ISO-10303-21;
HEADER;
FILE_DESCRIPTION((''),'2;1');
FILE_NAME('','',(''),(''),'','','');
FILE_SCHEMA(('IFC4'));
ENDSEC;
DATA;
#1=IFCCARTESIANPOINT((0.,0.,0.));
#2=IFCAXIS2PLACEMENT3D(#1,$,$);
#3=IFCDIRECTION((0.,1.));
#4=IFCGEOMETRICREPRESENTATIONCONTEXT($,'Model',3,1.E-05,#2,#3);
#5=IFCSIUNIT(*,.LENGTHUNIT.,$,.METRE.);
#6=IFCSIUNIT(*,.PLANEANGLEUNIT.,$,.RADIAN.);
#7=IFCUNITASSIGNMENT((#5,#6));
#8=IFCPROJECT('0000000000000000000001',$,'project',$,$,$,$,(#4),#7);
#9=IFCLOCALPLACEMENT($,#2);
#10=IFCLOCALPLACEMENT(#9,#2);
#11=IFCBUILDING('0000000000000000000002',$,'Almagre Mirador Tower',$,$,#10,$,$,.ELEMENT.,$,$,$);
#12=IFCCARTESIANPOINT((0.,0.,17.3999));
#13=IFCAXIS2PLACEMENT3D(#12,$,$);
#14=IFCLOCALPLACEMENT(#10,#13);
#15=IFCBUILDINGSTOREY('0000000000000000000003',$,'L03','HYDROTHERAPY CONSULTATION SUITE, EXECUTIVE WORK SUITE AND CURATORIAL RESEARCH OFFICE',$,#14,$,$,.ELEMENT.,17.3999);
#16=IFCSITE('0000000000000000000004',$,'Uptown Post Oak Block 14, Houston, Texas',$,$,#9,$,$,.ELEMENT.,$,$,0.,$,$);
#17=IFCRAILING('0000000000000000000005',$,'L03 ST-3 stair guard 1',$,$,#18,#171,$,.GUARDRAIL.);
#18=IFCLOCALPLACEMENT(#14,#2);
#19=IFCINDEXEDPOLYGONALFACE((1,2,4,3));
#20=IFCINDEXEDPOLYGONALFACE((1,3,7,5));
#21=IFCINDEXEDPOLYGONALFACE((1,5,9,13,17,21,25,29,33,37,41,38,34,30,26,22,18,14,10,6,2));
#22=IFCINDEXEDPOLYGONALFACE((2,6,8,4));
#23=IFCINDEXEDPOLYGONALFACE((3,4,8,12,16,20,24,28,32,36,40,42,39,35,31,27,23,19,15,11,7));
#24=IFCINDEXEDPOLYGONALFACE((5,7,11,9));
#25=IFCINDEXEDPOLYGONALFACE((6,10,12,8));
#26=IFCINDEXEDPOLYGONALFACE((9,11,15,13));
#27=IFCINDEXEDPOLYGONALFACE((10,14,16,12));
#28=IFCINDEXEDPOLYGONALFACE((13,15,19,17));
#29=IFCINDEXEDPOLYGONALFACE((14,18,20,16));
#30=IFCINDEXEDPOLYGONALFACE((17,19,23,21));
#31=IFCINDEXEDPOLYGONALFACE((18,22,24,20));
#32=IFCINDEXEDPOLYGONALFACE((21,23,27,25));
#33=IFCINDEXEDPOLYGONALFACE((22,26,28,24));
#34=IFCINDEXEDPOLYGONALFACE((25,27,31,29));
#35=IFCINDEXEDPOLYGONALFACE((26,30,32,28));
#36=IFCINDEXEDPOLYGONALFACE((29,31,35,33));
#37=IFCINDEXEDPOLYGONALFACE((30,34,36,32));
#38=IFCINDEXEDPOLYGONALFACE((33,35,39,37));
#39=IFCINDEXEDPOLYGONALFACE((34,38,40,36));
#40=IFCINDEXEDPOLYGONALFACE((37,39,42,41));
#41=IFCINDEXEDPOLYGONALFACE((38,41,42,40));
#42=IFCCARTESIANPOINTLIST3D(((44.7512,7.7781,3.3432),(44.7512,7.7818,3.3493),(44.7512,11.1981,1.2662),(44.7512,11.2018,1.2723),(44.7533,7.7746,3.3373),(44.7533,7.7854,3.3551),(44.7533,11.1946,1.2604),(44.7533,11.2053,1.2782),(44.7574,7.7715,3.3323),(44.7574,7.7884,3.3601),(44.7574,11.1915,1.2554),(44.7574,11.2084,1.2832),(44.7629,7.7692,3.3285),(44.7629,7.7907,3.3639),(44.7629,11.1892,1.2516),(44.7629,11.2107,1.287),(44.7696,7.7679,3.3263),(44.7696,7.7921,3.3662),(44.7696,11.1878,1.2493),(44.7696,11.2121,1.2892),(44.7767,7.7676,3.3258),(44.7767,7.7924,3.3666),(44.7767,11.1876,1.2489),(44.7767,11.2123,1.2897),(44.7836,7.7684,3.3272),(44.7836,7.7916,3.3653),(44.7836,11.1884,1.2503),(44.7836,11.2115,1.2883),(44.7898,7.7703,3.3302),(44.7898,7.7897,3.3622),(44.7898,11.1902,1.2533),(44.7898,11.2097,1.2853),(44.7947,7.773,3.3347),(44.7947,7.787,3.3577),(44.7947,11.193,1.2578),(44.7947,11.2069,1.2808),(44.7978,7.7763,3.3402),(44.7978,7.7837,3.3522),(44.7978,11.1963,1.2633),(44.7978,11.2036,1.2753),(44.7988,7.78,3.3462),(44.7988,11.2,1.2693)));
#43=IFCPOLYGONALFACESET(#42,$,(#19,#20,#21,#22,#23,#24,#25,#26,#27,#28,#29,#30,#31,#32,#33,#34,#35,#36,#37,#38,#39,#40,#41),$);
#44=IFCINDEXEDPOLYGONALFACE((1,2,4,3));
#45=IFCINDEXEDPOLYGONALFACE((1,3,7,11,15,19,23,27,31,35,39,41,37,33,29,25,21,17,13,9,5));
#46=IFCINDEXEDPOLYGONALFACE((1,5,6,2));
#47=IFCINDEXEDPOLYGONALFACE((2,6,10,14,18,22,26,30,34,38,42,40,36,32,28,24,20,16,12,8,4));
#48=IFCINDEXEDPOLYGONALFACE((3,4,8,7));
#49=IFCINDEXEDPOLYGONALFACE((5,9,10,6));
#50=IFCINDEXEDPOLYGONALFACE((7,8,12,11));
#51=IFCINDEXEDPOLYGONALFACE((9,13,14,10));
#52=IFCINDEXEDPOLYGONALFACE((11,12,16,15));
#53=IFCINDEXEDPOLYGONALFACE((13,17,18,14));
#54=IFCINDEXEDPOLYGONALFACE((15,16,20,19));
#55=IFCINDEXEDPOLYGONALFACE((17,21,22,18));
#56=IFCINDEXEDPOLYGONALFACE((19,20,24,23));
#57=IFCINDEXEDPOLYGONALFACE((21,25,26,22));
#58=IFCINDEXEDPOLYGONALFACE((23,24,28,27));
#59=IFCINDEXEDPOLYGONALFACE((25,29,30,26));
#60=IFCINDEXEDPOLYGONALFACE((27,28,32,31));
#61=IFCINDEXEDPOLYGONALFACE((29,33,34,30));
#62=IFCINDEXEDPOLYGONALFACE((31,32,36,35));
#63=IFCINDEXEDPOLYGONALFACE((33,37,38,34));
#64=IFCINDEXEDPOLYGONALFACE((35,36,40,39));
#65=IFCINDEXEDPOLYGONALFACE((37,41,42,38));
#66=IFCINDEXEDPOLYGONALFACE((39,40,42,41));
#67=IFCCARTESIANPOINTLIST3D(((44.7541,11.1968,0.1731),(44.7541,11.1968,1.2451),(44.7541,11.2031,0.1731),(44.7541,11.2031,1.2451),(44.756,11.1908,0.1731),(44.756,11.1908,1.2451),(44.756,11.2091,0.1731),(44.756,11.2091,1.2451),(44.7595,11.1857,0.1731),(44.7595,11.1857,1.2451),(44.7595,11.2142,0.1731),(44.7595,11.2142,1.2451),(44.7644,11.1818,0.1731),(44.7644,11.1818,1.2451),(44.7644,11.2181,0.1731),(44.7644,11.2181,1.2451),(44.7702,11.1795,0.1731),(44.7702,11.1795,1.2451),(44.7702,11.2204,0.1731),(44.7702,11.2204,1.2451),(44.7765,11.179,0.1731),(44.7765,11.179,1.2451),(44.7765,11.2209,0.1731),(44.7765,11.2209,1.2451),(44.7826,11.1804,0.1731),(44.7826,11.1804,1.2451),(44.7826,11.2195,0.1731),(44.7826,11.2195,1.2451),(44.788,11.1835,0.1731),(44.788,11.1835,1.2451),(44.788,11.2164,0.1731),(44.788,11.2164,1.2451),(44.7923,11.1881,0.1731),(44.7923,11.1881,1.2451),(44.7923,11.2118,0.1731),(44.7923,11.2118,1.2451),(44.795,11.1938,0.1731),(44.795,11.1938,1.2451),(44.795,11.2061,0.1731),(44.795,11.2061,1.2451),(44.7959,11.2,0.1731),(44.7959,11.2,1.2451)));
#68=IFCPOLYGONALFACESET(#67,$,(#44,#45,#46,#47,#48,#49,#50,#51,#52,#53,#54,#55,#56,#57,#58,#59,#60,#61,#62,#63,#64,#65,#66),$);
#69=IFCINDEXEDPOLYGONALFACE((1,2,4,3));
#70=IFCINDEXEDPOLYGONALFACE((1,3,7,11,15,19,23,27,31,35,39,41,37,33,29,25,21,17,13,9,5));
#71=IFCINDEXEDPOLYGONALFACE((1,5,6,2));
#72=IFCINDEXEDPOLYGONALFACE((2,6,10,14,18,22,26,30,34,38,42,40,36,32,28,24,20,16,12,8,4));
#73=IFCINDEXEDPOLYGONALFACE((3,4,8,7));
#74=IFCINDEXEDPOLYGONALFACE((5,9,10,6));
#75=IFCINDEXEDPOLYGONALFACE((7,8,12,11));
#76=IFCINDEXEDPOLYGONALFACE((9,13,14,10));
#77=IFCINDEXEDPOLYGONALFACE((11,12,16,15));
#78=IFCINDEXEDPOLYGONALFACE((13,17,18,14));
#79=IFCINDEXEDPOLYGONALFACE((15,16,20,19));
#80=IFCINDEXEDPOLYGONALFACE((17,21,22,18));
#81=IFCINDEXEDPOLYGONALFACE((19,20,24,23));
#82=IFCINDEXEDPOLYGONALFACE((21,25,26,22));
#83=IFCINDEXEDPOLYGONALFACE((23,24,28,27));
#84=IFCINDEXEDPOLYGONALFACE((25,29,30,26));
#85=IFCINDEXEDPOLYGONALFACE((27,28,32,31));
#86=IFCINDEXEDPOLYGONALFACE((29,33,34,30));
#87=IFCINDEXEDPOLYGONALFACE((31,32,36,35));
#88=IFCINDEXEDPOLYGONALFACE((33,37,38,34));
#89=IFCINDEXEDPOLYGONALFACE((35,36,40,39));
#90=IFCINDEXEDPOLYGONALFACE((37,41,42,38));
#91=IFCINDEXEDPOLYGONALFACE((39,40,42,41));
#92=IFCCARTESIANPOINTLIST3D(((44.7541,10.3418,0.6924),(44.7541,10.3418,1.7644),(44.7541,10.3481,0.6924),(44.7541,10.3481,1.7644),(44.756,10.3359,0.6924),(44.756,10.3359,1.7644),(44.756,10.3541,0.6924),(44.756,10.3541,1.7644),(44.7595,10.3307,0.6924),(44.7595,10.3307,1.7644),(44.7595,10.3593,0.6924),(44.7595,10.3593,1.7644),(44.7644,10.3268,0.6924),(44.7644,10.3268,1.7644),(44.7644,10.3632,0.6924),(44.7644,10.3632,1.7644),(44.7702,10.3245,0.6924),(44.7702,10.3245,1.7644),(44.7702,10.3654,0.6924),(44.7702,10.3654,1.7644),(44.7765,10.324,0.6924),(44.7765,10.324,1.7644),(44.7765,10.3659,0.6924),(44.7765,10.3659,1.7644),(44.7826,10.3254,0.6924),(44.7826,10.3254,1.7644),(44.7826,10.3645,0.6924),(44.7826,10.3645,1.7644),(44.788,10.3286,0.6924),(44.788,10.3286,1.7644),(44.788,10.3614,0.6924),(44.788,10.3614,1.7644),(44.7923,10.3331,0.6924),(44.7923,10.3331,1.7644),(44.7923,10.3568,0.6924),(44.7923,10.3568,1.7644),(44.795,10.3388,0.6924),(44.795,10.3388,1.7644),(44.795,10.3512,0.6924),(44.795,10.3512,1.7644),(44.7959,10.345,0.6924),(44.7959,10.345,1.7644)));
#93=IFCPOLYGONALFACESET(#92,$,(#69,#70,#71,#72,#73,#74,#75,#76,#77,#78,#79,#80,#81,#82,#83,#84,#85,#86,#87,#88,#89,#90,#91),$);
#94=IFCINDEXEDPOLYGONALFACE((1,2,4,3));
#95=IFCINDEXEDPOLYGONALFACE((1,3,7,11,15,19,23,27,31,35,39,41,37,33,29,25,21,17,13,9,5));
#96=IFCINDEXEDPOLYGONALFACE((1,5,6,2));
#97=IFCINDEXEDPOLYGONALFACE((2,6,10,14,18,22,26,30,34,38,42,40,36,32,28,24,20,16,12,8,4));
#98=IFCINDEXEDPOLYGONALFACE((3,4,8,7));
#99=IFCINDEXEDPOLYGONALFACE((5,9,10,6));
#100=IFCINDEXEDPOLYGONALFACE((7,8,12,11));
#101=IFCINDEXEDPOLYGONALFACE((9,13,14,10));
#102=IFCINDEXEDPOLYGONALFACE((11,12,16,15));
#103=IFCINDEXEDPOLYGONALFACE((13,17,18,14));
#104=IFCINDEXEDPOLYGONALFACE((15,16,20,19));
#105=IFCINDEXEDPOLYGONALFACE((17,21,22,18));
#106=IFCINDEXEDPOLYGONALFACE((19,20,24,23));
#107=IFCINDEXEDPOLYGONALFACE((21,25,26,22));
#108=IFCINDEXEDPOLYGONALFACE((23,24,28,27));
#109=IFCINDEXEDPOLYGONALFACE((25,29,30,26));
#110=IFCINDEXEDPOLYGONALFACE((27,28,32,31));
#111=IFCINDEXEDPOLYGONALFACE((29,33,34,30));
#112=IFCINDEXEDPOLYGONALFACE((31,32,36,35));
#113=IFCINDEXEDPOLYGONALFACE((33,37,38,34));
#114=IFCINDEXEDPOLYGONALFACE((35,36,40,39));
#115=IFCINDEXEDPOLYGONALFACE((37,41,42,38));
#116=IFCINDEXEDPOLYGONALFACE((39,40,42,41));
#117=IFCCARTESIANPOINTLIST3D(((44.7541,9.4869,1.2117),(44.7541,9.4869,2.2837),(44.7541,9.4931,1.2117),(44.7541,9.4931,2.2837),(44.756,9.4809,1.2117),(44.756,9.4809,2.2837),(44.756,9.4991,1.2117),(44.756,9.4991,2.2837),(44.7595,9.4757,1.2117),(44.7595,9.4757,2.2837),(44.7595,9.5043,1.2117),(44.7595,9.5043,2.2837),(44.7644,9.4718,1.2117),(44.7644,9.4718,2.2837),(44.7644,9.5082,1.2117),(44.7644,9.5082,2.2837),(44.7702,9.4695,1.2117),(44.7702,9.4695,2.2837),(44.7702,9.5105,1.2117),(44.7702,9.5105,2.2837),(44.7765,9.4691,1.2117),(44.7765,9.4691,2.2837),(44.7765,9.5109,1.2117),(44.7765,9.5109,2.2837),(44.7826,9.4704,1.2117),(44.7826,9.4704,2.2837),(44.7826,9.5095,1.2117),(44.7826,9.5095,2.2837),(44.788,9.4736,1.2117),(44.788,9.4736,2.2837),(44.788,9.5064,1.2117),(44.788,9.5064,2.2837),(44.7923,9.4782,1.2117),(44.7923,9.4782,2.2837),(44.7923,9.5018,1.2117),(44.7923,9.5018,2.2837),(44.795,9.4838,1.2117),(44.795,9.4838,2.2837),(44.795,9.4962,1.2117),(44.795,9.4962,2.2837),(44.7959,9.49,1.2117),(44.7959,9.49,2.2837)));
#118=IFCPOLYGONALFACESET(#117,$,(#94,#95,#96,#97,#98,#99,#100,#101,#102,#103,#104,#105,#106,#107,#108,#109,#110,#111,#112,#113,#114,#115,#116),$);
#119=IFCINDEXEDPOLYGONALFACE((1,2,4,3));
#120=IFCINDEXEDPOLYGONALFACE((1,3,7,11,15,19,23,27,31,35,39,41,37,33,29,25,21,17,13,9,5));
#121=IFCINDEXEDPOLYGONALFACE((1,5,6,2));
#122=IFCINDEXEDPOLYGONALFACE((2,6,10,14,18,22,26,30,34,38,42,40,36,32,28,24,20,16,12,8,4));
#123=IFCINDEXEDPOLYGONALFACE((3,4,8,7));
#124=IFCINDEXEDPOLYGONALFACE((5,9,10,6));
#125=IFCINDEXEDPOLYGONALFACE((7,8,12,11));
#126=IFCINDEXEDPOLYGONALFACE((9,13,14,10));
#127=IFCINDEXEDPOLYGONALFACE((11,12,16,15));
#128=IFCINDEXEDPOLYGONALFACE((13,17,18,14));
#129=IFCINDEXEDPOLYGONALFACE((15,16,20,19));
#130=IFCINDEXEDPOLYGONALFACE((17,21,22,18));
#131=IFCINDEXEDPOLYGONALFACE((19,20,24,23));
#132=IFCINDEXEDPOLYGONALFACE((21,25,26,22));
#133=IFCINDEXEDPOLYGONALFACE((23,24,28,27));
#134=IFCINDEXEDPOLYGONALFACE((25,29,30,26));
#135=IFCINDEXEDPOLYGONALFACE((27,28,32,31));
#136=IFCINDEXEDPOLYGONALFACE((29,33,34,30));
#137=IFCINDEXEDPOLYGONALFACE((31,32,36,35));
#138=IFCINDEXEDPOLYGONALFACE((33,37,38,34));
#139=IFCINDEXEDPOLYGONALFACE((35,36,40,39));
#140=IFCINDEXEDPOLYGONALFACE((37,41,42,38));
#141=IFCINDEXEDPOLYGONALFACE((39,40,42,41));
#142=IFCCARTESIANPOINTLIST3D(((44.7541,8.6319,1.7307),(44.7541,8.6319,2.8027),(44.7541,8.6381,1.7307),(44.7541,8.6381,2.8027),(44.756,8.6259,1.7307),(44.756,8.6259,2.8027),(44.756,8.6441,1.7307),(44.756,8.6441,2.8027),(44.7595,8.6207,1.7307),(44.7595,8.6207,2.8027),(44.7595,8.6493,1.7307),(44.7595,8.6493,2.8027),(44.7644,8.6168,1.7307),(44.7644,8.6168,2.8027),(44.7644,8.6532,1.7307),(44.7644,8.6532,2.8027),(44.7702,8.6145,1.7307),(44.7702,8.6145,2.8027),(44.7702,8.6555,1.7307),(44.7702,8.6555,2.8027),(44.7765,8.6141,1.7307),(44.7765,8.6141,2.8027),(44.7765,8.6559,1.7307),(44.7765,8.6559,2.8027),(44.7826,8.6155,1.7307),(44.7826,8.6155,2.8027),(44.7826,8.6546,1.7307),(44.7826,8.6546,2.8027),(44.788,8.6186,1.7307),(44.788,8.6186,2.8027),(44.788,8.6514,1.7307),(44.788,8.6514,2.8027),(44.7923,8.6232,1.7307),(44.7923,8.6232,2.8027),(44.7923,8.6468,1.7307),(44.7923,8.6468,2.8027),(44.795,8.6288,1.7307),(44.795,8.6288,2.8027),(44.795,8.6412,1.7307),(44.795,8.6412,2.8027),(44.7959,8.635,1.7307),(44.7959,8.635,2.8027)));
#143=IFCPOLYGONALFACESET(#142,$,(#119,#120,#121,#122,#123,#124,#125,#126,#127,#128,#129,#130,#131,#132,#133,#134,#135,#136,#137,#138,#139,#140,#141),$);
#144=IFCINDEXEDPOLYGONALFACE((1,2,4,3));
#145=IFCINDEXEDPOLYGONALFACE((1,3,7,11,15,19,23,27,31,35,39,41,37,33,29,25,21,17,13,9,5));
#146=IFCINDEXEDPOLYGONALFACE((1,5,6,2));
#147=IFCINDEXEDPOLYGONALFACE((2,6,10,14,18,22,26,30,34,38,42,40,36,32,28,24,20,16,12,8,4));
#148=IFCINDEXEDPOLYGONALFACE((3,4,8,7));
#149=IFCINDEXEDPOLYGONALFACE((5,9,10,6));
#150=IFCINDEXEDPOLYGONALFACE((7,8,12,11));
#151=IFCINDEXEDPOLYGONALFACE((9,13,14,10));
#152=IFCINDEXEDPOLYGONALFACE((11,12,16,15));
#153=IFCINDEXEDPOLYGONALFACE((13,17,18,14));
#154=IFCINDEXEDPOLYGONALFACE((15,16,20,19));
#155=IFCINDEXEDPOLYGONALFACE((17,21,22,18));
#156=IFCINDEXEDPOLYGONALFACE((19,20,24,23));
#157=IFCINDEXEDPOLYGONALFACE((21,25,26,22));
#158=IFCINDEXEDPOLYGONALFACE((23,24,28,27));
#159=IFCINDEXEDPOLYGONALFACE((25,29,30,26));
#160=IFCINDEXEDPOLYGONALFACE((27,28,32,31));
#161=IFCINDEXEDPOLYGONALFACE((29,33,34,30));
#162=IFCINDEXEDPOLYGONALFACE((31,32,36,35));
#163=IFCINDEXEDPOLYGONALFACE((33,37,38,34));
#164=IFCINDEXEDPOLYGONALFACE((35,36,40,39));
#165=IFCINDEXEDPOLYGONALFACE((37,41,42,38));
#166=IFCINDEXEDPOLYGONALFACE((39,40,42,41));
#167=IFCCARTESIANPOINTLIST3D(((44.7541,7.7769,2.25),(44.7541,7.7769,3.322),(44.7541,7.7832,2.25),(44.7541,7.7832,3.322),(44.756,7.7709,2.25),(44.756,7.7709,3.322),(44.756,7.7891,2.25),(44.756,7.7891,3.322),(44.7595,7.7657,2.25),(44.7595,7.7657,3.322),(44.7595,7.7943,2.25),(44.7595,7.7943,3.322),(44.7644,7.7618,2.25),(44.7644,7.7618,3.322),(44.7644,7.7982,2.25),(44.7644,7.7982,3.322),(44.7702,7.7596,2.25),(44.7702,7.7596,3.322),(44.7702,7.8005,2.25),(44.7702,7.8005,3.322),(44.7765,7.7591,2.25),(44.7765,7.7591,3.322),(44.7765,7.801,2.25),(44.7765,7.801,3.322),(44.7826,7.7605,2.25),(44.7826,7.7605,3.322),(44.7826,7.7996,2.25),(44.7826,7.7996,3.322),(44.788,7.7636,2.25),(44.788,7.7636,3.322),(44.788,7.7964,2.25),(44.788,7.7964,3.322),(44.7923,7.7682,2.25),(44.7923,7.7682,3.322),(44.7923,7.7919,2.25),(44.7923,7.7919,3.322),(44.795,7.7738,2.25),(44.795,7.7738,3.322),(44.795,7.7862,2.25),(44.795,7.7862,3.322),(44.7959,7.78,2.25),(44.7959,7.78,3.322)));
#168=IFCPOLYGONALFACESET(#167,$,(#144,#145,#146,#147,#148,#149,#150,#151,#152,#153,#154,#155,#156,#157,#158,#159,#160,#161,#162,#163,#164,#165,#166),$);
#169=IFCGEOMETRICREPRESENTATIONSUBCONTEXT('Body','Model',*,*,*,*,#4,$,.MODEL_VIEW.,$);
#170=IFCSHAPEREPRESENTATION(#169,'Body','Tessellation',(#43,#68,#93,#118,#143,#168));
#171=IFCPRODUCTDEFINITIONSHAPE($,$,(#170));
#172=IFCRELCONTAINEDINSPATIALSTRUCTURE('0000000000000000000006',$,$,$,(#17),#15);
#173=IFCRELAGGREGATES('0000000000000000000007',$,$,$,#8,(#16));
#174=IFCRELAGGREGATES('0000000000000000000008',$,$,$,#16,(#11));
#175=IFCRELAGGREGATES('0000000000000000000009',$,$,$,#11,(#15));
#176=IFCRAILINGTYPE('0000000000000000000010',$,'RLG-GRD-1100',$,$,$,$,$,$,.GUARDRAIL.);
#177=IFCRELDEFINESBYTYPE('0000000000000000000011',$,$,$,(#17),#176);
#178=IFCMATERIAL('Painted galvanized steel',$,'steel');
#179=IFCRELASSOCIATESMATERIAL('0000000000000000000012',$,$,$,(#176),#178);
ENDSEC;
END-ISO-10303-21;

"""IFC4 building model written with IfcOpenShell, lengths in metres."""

from ifc_helpers import new_model, si_unit, direction, frame, origin, origin_2d, place, context, subcontext, project, spatial, circle, extrude, material, type_object, element, save


model = new_model("IFC4")

# Units and contexts
model_context = context("Model", 3, precision=1e-05, world=origin(), true_north=direction((0.0, 1.0)))
body_context = subcontext(model_context, "Body", "Model", "MODEL_VIEW")
ifc_project = project(units=[si_unit("LENGTHUNIT", "METRE"), si_unit("PLANEANGLEUNIT", "RADIAN")], contexts=[model_context])

# Site, building, storey
site_placement = place(None, origin())
site = spatial("IfcSite", under=ifc_project, at=site_placement, Name="Uptown Post Oak Block 14, Houston, Texas", CompositionType="ELEMENT", RefElevation=0.0)
building_placement = place(site_placement, origin())
building = spatial("IfcBuilding", under=site, at=building_placement, Name="Almagre Mirador Tower", CompositionType="ELEMENT")
storey_placement = place(building_placement, frame((0.0, 0.0, 17.3999)))
storey = spatial("IfcBuildingStorey", under=building, at=storey_placement, Name="L03", Description="HYDROTHERAPY CONSULTATION SUITE, EXECUTIVE WORK SUITE AND CURATORIAL RESEARCH OFFICE", CompositionType="ELEMENT", Elevation=17.3999)

# Railing
ifc_material_1 = material(Name="Painted galvanized steel", Category="steel")
railing_type_1 = type_object("IfcRailingType", Name="RLG-GRD-1100", PredefinedType="GUARDRAIL", material=ifc_material_1)
railing_1_placement = place(storey_placement, frame((44.7749, 11.2, 0.1731)))
element("IfcRailing", 1, at=railing_1_placement, inside=storey, type_object=railing_type_1, Name="L03 ST-3 stair guard 1", PredefinedType="GUARDRAIL", context=body_context, shape_type="SweptSolid", body=[
    extrude(circle(Radius=0.0239, at=origin_2d()), frame((0.0, 0.0, 1.0962), z_axis=(0.0, -0.85473, 0.519074), x_axis=(1.0, 0.0, 0.0)), (0.0, 0.0, 1.0), 4.0012),
    extrude(circle(Radius=0.021, at=origin_2d()), origin(), (0.0, 0.0, 1.0), 1.072),
    extrude(circle(Radius=0.021, at=origin_2d()), frame((0.0, -0.855, 0.5193)), (0.0, 0.0, 1.0), 1.072),
    extrude(circle(Radius=0.021, at=origin_2d()), frame((0.0, -1.71, 1.0386)), (0.0, 0.0, 1.0), 1.072),
    extrude(circle(Radius=0.021, at=origin_2d()), frame((0.0, -2.5649, 1.5576)), (0.0, 0.0, 1.0), 1.072),
    extrude(circle(Radius=0.021, at=origin_2d()), frame((0.0, -3.4199, 2.0769)), (0.0, 0.0, 1.0), 1.072),
])

save(model, "model.ifc")
